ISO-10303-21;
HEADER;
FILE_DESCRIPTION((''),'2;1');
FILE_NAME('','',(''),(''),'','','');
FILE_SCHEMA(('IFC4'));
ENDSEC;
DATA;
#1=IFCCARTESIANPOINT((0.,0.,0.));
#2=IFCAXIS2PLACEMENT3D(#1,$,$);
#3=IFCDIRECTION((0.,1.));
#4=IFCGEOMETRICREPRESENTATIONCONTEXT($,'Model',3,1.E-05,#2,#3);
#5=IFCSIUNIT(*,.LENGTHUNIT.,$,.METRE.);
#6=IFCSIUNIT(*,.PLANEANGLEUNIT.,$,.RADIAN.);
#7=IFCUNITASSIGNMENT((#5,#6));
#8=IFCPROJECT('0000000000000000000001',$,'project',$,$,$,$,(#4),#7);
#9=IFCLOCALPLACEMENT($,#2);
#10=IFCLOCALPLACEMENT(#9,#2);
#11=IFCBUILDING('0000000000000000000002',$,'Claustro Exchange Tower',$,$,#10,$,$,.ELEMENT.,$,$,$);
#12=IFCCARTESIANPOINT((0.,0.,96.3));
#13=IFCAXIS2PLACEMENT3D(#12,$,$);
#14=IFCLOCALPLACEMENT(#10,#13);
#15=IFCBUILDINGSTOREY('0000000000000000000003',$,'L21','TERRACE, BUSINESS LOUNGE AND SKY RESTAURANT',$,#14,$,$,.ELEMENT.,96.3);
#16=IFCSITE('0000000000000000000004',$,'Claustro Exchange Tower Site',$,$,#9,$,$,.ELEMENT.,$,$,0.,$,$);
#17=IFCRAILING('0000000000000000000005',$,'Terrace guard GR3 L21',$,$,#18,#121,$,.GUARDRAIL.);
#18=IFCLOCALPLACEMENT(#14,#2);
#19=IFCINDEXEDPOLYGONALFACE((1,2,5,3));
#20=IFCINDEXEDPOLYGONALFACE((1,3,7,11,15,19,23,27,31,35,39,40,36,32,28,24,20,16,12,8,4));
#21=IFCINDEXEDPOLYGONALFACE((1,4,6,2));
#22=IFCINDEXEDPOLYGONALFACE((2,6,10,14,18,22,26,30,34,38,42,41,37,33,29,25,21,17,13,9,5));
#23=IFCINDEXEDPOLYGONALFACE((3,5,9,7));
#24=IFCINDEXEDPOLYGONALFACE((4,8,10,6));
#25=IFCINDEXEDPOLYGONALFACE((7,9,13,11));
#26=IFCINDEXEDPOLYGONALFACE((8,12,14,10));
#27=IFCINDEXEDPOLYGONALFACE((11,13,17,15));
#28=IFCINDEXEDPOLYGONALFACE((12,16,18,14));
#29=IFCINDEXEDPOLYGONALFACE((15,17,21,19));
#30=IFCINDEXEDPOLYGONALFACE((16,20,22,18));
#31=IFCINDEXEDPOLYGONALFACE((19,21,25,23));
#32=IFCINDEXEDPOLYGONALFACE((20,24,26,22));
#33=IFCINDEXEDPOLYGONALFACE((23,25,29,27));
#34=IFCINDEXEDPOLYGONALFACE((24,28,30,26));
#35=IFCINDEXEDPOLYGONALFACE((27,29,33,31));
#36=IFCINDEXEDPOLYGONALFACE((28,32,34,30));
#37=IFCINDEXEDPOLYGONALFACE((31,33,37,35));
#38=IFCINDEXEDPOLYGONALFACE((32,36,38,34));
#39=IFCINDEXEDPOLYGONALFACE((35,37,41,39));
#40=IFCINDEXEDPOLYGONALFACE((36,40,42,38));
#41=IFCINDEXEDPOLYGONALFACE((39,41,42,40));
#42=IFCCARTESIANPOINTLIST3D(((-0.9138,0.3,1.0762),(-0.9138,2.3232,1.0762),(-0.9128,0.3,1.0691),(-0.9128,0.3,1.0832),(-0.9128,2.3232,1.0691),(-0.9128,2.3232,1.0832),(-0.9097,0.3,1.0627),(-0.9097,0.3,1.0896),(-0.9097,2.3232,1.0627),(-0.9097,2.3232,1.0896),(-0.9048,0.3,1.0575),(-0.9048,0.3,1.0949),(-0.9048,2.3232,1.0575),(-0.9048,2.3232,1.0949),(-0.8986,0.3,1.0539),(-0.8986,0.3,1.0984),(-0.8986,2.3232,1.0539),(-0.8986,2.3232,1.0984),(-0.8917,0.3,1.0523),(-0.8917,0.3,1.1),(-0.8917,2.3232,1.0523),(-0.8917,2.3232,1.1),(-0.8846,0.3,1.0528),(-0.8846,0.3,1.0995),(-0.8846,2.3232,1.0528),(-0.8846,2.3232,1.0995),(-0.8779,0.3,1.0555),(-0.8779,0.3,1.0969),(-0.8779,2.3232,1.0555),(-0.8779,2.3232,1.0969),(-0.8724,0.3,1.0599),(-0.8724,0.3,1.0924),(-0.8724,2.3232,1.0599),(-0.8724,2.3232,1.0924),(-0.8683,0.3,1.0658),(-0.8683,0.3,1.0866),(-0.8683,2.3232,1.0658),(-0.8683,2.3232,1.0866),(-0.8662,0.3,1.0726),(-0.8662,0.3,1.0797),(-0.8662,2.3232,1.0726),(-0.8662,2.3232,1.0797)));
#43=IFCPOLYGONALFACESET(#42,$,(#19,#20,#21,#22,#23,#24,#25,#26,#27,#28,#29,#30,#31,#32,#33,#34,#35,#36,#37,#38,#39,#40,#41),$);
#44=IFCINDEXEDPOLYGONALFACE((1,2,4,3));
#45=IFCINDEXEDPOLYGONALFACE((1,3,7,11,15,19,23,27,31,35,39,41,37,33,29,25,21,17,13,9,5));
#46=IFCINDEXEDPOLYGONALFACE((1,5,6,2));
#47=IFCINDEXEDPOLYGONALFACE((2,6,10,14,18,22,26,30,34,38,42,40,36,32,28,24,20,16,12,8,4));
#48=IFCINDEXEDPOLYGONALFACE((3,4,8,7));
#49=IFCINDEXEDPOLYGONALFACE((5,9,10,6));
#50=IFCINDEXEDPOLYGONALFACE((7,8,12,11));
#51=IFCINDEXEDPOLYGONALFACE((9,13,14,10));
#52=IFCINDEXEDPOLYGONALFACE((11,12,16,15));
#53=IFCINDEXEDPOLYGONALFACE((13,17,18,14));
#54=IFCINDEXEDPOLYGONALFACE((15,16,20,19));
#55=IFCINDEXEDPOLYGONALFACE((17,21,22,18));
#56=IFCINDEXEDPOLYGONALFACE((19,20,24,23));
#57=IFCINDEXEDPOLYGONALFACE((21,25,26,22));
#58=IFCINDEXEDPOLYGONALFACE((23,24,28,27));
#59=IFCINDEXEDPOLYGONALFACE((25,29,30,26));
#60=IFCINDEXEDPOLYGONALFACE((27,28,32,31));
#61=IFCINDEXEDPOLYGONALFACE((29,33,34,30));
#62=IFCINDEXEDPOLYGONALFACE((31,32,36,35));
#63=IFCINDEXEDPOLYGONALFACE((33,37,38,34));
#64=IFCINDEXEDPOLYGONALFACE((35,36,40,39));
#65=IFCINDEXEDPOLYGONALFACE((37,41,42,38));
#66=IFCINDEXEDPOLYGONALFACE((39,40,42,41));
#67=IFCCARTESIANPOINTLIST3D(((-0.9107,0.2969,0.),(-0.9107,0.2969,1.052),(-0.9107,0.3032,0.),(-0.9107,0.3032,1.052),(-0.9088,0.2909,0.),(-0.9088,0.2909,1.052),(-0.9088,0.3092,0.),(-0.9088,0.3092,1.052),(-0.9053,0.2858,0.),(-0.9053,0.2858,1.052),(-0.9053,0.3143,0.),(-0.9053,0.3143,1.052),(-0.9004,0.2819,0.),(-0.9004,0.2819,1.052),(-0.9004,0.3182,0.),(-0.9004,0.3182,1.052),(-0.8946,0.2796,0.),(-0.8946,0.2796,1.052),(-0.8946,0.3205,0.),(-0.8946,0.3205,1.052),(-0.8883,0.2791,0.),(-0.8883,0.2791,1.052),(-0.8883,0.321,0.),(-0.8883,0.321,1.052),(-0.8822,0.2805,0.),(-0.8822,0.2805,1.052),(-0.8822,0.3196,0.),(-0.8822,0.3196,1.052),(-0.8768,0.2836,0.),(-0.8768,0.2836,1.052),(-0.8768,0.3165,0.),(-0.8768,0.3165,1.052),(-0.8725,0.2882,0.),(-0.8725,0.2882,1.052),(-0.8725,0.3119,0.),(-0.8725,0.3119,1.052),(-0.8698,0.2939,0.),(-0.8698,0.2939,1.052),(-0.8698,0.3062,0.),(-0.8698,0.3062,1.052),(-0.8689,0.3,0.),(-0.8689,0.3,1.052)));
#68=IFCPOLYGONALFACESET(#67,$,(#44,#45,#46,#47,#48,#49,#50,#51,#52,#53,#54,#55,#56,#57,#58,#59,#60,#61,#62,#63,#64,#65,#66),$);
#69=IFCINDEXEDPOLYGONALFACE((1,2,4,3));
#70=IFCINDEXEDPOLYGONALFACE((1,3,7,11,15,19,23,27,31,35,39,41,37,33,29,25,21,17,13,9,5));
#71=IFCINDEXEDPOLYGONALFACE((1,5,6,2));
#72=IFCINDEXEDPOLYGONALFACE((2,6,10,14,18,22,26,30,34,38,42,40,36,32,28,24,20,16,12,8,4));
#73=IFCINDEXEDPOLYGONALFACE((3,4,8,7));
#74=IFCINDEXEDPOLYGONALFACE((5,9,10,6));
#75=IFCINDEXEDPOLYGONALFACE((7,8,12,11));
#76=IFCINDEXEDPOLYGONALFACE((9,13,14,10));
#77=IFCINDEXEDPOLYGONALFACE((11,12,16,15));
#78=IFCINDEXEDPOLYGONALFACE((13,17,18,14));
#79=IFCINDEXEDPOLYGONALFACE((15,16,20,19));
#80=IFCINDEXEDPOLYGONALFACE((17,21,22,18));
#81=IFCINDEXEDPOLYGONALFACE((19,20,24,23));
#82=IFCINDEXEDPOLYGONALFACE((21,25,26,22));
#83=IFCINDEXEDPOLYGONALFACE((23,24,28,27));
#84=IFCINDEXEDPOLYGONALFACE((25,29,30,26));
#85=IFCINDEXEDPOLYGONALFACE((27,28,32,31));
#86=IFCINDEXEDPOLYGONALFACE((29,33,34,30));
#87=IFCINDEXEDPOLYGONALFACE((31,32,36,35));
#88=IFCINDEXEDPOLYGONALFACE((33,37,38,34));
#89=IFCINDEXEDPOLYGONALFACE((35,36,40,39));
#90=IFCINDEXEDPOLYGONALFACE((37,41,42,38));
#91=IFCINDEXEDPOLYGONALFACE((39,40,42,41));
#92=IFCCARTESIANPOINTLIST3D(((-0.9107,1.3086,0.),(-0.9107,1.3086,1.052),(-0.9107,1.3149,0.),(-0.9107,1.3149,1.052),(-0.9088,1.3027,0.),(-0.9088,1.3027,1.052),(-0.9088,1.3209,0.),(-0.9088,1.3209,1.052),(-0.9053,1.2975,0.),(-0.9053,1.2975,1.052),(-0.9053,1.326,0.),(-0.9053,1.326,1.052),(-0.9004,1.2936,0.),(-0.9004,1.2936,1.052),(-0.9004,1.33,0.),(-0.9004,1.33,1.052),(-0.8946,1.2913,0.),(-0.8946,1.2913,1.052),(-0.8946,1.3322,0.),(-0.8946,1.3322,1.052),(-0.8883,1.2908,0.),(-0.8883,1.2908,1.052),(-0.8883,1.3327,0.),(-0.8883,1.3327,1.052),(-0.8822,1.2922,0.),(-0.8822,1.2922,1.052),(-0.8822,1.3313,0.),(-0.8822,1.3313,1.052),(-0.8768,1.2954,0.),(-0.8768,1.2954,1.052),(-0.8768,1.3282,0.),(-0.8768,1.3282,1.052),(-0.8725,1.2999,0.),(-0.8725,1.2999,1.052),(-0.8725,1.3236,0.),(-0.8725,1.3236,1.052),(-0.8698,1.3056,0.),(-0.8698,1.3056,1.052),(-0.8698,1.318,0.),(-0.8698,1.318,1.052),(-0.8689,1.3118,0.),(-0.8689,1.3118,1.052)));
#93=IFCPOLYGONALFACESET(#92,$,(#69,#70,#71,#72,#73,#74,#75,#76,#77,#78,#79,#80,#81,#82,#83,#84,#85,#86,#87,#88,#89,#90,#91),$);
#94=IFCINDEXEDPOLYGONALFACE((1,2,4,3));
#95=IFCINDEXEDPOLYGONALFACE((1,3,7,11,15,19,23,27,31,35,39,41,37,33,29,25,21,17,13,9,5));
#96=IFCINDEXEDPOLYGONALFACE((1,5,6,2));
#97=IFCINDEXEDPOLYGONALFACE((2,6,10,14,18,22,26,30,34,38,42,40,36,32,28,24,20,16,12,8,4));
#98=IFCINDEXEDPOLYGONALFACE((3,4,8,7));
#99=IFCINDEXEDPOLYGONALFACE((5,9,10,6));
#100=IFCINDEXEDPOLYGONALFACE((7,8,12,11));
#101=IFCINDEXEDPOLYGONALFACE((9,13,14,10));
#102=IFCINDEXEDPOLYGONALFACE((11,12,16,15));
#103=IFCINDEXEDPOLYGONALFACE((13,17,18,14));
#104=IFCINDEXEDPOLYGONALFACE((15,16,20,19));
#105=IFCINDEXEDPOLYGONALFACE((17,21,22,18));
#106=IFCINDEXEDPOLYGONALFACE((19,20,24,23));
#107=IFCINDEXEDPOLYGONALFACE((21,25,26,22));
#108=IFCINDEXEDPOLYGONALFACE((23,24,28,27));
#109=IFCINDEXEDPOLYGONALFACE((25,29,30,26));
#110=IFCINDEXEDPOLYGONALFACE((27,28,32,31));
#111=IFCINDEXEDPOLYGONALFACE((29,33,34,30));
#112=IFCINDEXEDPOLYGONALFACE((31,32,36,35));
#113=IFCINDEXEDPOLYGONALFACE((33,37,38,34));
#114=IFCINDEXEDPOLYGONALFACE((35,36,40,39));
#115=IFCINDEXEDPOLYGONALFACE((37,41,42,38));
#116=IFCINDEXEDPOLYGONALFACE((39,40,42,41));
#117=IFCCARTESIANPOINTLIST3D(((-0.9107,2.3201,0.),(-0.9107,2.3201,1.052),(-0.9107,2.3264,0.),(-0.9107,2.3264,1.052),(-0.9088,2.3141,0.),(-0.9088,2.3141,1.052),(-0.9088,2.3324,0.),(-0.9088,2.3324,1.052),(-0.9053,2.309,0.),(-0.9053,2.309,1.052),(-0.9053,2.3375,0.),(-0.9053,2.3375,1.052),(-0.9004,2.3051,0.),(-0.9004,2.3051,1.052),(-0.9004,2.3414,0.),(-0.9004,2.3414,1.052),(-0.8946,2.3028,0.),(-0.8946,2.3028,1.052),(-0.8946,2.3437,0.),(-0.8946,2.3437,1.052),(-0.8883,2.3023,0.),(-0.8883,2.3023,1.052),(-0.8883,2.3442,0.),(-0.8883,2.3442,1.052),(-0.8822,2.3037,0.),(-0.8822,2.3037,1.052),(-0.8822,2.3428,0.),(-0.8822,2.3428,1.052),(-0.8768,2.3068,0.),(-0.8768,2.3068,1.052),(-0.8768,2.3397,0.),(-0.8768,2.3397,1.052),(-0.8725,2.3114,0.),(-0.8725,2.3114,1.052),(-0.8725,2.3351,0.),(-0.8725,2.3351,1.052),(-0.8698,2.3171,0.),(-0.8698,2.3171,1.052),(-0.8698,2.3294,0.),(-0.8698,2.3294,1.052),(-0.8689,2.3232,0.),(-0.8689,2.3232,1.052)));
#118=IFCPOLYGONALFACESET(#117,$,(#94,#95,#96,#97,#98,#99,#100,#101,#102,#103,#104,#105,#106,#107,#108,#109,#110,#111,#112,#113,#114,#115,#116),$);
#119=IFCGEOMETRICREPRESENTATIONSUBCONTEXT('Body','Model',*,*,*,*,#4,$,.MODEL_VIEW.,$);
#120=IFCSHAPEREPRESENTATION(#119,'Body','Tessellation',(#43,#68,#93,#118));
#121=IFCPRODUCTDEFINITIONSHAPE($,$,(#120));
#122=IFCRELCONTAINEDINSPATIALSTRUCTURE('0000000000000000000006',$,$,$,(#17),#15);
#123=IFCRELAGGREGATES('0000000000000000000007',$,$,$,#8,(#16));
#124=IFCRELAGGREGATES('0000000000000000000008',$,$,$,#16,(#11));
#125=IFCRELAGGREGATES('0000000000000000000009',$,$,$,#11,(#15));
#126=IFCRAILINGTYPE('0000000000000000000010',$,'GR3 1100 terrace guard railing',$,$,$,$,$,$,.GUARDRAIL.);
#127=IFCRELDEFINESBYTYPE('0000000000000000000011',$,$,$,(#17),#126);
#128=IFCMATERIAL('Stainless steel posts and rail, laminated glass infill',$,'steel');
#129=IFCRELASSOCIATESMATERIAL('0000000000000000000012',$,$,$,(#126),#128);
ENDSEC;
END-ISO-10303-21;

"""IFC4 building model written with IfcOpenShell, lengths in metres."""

from ifc_helpers import new_model, si_unit, direction, frame, origin, origin_2d, place, context, subcontext, project, spatial, circle, extrude, material, type_object, element, save


model = new_model("IFC4")

# Units and contexts
model_context = context("Model", 3, precision=1e-05, world=origin(), true_north=direction((0.0, 1.0)))
body_context = subcontext(model_context, "Body", "Model", "MODEL_VIEW")
ifc_project = project(units=[si_unit("LENGTHUNIT", "METRE"), si_unit("PLANEANGLEUNIT", "RADIAN")], contexts=[model_context])

# Site, building, storey
site_placement = place(None, origin())
site = spatial("IfcSite", under=ifc_project, at=site_placement, Name="Claustro Exchange Tower Site", CompositionType="ELEMENT", RefElevation=0.0)
building_placement = place(site_placement, origin())
building = spatial("IfcBuilding", under=site, at=building_placement, Name="Claustro Exchange Tower", CompositionType="ELEMENT")
storey_placement = place(building_placement, frame((0.0, 0.0, 96.3)))
storey = spatial("IfcBuildingStorey", under=building, at=storey_placement, Name="L21", Description="TERRACE, BUSINESS LOUNGE AND SKY RESTAURANT", CompositionType="ELEMENT", Elevation=96.3)

# Railing
ifc_material_1 = material(Name="Stainless steel posts and rail, laminated glass infill", Category="steel")
railing_type_1 = type_object("IfcRailingType", Name="GR3 1100 terrace guard railing", PredefinedType="GUARDRAIL", material=ifc_material_1)
railing_1_placement = place(storey_placement, frame((-0.8899, 0.3, 0.0)))
element("IfcRailing", 1, at=railing_1_placement, inside=storey, type_object=railing_type_1, Name="Terrace guard GR3 L21", PredefinedType="GUARDRAIL", context=body_context, shape_type="SweptSolid", body=[
    extrude(circle(Radius=0.0239, at=origin_2d()), frame((0.0, 0.0, 1.0762), z_axis=(0.0, 1.0, 0.0), x_axis=(-1.0, 0.0, 0.0)), (0.0, 0.0, 1.0), 2.0232),
    extrude(circle(Radius=0.021, at=origin_2d()), origin(), (0.0, 0.0, 1.0), 1.052),
    extrude(circle(Radius=0.021, at=origin_2d()), frame((0.0, 1.0117, 0.0)), (0.0, 0.0, 1.0), 1.052),
    extrude(circle(Radius=0.021, at=origin_2d()), frame((0.0, 2.0232, 0.0)), (0.0, 0.0, 1.0), 1.052),
])

save(model, "model.ifc")
